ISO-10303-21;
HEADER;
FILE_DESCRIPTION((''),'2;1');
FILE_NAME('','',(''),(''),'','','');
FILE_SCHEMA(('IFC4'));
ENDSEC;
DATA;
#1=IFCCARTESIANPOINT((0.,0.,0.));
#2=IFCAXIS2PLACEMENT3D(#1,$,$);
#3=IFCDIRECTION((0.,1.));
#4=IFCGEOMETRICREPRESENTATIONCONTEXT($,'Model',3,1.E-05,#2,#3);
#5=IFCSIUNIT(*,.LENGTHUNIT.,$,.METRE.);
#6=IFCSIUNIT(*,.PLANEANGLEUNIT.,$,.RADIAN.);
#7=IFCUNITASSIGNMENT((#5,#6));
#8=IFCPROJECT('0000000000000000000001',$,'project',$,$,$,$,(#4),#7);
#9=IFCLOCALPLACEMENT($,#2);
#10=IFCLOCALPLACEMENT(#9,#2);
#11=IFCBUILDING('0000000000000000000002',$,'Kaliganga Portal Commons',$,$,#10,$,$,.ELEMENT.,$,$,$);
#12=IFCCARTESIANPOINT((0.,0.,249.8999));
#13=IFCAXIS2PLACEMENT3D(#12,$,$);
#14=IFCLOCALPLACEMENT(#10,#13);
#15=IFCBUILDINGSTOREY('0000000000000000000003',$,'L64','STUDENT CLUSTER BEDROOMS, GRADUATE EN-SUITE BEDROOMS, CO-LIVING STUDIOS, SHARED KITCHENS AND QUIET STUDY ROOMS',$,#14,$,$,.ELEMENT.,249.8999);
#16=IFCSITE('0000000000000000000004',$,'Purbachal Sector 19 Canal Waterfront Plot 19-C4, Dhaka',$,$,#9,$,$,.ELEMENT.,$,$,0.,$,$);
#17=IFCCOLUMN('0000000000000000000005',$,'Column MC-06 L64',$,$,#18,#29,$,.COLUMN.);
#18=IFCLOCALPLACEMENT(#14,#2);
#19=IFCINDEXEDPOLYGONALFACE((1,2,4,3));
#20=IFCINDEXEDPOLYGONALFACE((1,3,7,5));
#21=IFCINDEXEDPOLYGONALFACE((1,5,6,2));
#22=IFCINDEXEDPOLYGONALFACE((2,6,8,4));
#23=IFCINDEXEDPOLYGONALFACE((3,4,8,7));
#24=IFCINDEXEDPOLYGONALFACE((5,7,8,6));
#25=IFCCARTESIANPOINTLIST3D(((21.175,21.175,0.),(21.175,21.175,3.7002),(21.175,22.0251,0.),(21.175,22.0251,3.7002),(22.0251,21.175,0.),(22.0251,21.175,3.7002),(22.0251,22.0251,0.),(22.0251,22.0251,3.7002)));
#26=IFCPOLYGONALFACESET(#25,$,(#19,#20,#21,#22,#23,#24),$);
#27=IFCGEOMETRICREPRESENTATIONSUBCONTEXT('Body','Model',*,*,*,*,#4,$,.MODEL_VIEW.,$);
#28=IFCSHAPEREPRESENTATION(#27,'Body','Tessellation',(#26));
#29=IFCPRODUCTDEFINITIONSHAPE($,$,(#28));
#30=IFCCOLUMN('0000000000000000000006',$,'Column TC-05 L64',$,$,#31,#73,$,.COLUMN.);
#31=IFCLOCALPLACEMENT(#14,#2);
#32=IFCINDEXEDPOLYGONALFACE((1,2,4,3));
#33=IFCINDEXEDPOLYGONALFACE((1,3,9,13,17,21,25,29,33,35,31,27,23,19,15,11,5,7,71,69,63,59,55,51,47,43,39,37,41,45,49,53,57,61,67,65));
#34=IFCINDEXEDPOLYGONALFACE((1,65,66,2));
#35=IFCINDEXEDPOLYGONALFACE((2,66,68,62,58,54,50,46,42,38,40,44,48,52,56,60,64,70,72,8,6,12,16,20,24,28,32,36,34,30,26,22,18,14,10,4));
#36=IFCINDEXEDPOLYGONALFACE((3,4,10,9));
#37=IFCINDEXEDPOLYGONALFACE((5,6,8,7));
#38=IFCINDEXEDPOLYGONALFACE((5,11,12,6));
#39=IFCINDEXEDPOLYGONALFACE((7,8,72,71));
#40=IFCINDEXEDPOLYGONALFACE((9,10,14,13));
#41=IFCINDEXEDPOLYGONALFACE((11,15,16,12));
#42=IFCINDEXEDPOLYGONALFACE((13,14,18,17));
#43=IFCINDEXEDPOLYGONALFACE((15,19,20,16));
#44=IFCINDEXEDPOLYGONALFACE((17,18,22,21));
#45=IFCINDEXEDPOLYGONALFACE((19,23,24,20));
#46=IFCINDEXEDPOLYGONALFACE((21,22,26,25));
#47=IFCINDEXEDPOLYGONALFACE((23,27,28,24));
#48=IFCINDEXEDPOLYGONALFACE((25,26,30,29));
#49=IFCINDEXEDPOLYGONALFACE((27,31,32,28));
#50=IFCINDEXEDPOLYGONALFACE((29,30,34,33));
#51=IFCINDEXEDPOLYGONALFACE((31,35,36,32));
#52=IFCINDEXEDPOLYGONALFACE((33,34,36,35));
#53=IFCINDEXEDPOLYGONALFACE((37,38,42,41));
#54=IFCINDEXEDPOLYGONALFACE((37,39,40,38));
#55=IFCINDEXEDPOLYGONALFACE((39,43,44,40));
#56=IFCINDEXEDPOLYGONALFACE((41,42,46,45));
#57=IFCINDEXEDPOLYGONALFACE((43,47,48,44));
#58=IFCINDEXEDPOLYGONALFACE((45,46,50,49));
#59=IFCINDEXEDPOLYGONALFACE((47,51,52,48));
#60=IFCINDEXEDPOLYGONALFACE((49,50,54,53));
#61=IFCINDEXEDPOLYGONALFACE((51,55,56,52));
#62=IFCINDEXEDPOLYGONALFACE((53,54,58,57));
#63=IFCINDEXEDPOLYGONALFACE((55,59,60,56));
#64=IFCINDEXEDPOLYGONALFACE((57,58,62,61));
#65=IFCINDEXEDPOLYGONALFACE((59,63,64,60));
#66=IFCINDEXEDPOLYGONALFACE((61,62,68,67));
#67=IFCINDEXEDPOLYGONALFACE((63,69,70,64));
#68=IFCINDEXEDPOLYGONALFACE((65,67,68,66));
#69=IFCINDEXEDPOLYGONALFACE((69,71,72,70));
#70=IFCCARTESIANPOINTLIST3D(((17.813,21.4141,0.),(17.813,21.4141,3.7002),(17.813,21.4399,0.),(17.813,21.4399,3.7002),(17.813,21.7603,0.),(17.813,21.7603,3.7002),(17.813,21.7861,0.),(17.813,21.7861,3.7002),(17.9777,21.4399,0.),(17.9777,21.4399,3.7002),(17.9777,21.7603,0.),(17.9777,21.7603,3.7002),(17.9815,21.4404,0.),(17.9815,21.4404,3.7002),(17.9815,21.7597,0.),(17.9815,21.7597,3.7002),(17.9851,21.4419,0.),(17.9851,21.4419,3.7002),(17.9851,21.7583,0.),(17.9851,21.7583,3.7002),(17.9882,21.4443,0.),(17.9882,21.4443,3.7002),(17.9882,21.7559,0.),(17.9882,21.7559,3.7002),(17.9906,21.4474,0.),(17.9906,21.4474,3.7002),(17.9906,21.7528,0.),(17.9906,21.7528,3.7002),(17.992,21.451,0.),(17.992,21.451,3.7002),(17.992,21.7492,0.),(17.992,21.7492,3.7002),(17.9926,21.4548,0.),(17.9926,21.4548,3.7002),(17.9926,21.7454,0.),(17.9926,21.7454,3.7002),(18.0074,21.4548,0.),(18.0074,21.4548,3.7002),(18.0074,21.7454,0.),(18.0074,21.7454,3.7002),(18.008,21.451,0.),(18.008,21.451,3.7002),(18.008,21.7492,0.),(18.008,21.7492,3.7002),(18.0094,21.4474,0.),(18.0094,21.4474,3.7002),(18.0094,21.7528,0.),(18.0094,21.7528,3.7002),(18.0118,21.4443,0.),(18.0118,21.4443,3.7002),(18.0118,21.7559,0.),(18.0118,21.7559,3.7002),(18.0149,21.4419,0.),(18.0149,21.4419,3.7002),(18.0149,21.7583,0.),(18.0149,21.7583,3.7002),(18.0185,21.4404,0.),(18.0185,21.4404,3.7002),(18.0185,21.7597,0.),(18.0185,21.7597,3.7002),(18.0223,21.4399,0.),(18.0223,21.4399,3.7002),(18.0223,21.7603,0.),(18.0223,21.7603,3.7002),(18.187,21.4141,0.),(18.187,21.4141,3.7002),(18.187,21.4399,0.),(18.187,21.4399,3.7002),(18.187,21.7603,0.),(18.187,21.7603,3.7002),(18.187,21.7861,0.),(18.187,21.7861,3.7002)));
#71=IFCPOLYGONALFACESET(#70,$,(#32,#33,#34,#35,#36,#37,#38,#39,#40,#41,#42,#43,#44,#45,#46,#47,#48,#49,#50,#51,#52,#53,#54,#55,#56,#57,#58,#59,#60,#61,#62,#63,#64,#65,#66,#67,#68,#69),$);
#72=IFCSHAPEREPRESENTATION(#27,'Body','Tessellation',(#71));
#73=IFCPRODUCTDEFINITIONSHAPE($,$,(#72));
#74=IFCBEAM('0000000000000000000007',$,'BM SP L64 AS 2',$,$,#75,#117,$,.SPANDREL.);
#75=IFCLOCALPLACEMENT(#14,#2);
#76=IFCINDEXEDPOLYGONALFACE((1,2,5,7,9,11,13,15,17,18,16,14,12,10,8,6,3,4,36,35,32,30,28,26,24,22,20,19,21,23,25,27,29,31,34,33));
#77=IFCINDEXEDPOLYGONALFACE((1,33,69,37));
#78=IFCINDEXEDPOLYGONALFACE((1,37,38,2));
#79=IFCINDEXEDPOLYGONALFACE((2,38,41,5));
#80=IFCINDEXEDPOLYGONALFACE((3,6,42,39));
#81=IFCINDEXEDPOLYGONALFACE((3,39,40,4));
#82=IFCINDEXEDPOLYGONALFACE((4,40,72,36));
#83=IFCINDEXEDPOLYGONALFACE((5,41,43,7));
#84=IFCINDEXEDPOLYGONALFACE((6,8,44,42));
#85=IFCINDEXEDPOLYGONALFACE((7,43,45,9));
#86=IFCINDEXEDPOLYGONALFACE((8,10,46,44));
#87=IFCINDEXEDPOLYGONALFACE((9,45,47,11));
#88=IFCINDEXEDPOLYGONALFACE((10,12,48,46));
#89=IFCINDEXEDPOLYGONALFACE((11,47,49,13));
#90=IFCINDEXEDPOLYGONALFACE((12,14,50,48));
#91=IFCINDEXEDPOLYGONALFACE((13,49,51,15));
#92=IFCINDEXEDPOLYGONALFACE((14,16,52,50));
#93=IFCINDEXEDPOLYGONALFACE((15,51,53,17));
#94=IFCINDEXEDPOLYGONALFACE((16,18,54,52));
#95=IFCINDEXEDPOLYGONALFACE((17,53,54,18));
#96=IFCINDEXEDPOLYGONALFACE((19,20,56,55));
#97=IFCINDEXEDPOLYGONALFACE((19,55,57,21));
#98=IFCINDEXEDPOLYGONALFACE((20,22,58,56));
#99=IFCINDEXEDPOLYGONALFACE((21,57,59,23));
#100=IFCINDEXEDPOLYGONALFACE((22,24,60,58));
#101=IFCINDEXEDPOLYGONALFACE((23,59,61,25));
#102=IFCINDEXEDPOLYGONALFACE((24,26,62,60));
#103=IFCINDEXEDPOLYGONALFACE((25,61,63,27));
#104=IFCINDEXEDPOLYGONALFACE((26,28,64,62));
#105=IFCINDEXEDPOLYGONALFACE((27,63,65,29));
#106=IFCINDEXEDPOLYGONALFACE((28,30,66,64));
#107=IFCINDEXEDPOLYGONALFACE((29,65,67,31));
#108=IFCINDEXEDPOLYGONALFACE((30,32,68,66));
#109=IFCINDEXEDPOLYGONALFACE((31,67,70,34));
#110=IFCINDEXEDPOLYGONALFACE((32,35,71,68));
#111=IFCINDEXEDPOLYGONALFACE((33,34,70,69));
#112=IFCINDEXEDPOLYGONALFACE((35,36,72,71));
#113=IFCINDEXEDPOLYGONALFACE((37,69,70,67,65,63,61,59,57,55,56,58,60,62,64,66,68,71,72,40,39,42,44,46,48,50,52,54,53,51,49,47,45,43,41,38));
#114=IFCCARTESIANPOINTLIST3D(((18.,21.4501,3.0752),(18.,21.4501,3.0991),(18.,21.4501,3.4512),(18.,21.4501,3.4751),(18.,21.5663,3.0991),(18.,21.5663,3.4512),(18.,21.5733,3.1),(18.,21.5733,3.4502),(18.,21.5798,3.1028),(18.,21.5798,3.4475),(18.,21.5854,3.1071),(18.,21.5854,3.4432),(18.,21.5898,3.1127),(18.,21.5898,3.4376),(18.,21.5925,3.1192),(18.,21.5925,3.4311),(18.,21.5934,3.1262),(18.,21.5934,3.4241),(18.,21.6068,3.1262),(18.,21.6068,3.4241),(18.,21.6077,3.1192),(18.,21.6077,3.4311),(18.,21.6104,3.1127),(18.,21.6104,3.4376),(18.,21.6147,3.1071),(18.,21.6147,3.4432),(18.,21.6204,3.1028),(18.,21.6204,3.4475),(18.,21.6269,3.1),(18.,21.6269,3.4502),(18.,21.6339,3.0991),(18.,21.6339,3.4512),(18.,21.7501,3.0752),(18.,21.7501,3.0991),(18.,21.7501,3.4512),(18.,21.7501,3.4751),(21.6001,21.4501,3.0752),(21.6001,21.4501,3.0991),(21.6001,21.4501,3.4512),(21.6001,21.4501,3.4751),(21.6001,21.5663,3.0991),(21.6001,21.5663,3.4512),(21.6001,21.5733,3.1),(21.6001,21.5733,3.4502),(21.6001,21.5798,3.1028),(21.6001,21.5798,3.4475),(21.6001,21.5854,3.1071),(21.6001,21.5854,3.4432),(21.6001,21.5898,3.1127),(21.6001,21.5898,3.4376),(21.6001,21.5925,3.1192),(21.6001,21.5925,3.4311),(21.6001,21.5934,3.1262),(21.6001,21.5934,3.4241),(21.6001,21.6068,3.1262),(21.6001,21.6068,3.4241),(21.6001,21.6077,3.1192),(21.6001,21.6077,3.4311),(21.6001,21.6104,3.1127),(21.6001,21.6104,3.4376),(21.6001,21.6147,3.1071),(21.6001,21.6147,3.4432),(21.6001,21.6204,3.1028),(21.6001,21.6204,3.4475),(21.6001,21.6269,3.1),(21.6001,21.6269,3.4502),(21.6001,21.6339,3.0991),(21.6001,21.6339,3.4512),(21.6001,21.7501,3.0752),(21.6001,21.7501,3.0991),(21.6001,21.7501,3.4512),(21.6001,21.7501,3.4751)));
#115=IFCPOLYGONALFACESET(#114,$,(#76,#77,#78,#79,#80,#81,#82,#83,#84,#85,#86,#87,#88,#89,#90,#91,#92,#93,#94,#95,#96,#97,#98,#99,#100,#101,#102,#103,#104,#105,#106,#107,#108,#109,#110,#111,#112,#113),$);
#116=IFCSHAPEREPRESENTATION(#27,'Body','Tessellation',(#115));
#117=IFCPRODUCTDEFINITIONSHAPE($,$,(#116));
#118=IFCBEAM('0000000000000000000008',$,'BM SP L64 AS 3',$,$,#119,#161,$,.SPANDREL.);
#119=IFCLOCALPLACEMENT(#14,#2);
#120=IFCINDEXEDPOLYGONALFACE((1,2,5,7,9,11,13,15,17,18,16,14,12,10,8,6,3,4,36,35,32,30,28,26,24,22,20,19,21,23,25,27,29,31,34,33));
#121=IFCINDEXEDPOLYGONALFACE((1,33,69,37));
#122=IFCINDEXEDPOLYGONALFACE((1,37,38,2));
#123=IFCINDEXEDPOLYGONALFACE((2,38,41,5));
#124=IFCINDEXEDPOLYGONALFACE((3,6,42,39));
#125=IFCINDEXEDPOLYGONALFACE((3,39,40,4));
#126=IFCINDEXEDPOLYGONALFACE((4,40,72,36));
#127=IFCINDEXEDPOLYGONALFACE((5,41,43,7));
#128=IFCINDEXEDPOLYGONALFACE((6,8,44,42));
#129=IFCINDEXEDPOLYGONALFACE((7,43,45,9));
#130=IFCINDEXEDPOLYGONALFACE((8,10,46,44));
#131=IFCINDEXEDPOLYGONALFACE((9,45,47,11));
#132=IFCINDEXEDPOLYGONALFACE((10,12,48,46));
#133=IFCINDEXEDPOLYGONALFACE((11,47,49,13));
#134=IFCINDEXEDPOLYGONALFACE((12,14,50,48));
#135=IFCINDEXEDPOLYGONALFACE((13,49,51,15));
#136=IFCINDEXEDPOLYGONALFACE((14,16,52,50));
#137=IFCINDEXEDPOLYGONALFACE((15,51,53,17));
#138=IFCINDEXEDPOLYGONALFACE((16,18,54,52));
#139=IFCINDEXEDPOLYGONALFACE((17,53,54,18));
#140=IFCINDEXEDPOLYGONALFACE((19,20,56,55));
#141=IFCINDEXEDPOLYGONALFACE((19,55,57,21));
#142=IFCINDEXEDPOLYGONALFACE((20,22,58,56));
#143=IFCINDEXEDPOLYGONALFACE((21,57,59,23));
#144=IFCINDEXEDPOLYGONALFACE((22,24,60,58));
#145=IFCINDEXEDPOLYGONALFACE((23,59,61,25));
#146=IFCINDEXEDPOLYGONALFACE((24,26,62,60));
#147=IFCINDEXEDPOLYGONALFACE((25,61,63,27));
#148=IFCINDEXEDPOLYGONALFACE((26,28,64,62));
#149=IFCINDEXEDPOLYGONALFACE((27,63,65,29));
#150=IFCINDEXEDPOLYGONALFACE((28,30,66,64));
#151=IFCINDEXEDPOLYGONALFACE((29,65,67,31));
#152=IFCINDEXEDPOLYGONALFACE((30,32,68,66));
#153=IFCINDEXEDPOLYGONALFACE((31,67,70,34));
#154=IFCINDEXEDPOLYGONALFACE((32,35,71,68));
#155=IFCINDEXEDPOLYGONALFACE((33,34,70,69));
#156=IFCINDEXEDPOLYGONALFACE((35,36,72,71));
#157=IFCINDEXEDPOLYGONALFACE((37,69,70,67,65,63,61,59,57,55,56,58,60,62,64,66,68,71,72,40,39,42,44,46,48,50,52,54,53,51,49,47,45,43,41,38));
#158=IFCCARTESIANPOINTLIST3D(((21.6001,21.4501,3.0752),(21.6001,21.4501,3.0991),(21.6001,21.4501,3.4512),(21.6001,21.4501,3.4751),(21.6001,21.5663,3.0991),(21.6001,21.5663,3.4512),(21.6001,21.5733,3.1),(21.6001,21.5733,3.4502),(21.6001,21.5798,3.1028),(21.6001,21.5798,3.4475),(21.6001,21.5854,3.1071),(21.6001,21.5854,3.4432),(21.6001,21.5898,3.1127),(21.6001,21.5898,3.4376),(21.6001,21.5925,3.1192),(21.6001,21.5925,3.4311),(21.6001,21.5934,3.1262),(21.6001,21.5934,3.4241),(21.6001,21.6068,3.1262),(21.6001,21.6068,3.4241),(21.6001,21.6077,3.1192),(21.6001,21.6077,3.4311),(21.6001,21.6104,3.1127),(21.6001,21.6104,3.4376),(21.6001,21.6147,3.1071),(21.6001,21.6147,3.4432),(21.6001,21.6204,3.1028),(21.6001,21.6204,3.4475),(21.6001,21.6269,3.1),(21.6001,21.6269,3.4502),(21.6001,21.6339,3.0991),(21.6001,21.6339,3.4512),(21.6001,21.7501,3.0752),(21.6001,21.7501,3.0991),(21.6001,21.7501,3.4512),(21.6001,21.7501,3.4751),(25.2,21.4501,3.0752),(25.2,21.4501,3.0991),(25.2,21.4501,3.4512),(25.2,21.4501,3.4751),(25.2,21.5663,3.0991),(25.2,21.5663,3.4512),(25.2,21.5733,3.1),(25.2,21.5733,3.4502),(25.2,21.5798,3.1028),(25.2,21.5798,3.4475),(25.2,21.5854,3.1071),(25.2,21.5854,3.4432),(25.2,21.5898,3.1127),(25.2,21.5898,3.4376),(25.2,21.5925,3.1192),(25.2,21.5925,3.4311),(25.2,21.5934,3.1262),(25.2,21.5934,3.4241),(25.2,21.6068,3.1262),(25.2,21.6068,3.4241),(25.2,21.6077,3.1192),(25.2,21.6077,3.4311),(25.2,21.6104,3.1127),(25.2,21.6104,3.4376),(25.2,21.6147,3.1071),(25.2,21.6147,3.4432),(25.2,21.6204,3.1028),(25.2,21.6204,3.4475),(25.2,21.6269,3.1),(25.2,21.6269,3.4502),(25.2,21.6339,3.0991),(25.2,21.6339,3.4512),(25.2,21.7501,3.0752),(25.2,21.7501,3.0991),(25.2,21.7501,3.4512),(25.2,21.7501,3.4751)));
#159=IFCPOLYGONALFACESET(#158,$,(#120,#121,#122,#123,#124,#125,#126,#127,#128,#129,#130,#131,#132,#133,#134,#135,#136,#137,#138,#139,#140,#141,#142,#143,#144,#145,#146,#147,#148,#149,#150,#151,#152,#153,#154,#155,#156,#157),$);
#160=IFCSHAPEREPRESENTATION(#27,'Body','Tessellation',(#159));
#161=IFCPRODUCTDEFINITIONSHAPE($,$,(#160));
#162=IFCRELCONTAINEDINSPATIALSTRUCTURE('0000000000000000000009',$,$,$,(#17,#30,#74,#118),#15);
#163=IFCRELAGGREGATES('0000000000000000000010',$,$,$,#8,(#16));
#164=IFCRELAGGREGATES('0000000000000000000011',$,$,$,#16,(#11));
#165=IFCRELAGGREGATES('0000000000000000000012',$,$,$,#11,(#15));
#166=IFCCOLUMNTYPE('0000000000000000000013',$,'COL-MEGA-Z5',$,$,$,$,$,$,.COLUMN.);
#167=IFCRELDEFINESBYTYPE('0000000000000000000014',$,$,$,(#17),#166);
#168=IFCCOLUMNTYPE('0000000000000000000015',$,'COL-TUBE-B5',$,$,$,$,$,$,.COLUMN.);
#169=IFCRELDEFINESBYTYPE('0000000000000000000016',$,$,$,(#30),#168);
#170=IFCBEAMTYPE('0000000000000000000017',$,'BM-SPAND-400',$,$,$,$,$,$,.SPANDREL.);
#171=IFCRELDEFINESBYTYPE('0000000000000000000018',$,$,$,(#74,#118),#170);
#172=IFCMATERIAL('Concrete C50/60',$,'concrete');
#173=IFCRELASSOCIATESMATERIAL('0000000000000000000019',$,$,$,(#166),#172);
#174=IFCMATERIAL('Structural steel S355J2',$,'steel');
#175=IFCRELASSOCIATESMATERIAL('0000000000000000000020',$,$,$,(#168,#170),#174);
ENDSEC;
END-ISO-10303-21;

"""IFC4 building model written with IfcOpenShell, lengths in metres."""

from ifc_helpers import new_model, si_unit, direction, frame, origin, origin_2d, place, context, subcontext, project, spatial, rectangle, i_section, extrude, source, transform, mapped, material, material_profile, profile_set, type_object, element, save


model = new_model("IFC4")

# Units and contexts
model_context = context("Model", 3, precision=1e-05, world=origin(), true_north=direction((0.0, 1.0)))
body_context = subcontext(model_context, "Body", "Model", "MODEL_VIEW")
ifc_project = project(units=[si_unit("LENGTHUNIT", "METRE"), si_unit("PLANEANGLEUNIT", "RADIAN")], contexts=[model_context])

# Site, building, storey
site_placement = place(None, origin())
site = spatial("IfcSite", under=ifc_project, at=site_placement, Name="Purbachal Sector 19 Canal Waterfront Plot 19-C4, Dhaka", CompositionType="ELEMENT", RefElevation=0.0)
building_placement = place(site_placement, origin())
building = spatial("IfcBuilding", under=site, at=building_placement, Name="Kaliganga Portal Commons", CompositionType="ELEMENT")
storey_placement = place(building_placement, frame((0.0, 0.0, 249.8999)))
storey = spatial("IfcBuildingStorey", under=building, at=storey_placement, Name="L64", Description="STUDENT CLUSTER BEDROOMS, GRADUATE EN-SUITE BEDROOMS, CO-LIVING STUDIOS, SHARED KITCHENS AND QUIET STUDY ROOMS", CompositionType="ELEMENT", Elevation=249.8999)

# Columns
ifc_material_1 = material(Name="Concrete C50/60", Category="concrete")
ifc_material_profile_1 = material_profile(ifc_material_1, rectangle(XDim=0.8501, YDim=0.8501, at=origin_2d()), Name="RC 850x850")
ifc_profile_set_1 = profile_set([ifc_material_profile_1], Name="Concrete C50/60")
column_type_1 = type_object("IfcColumnType", Name="COL-MEGA-Z5", PredefinedType="COLUMN", material=ifc_profile_set_1)
shared_shape_1 = source(origin(), body_context, "Body", "SweptSolid", [
    extrude(rectangle(XDim=0.8501, YDim=0.8501, at=origin_2d()), origin(), (0.0, 0.0, 1.0), 3.7002),
])
column_1_placement = place(storey_placement, frame((21.6001, 21.6001, 0.0), z_axis=(0.0, 0.0, 1.0), x_axis=(1.0, 0.0, 0.0)))
element("IfcColumn", 1, at=column_1_placement, inside=storey, type_object=column_type_1, Name="Column MC-06 L64", PredefinedType="COLUMN", context=body_context, shape_type="MappedRepresentation", body=[
    mapped(shared_shape_1, transform((0.0, 0.0, 0.0), x_axis=(1.0, 0.0, 0.0), y_axis=(0.0, 1.0, 0.0), z_axis=(0.0, 0.0, 1.0), scale=1.0)),
])
ifc_material_2 = material(Name="Structural steel S355J2", Category="steel")
ifc_material_profile_2 = material_profile(ifc_material_2, i_section(OverallWidth=0.374, OverallDepth=0.3721, WebThickness=0.0149, FlangeThickness=0.0259, FilletRadius=0.0149, at=origin_2d()), Name="HD 360x196")
ifc_profile_set_2 = profile_set([ifc_material_profile_2], Name="Structural steel S355J2 wide-flange")
column_type_2 = type_object("IfcColumnType", Name="COL-TUBE-B5", PredefinedType="COLUMN", material=ifc_profile_set_2)
shared_shape_2 = source(origin(), body_context, "Body", "SweptSolid", [
    extrude(i_section(OverallWidth=0.374, OverallDepth=0.3721, WebThickness=0.0149, FlangeThickness=0.0259, FilletRadius=0.0149, at=origin_2d()), origin(), (0.0, 0.0, 1.0), 3.7002),
])
column_2_placement = place(storey_placement, frame((18.0, 21.6001, 0.0), z_axis=(0.0, 0.0, 1.0), x_axis=(1.0, 0.0, 0.0)))
element("IfcColumn", 2, at=column_2_placement, inside=storey, type_object=column_type_2, Name="Column TC-05 L64", PredefinedType="COLUMN", context=body_context, shape_type="MappedRepresentation", body=[
    mapped(shared_shape_2, transform((0.0, 0.0, 0.0), x_axis=(1.0, 0.0, 0.0), y_axis=(0.0, 1.0, 0.0), z_axis=(0.0, 0.0, 1.0), scale=1.0)),
])

# Beams
ifc_material_profile_3 = material_profile(ifc_material_2, i_section(OverallWidth=0.3, OverallDepth=0.3999, WebThickness=0.0134, FlangeThickness=0.0239, FilletRadius=0.0271, at=origin_2d()), Name="HE 400 B")
ifc_profile_set_3 = profile_set([ifc_material_profile_3], Name="Structural steel S355J2 wide-flange")
beam_type_1 = type_object("IfcBeamType", Name="BM-SPAND-400", PredefinedType="SPANDREL", material=ifc_profile_set_3)
shared_shape_3 = source(origin(), body_context, "Body", "SweptSolid", [
    extrude(i_section(OverallWidth=0.3, OverallDepth=0.3999, WebThickness=0.0134, FlangeThickness=0.0239, FilletRadius=0.0271, at=origin_2d()), origin(), (0.0, 0.0, 1.0), 3.6001),
])
beam_1_placement = place(storey_placement, frame((18.0, 21.6001, 3.2751), z_axis=(1.0, 0.0, 0.0), x_axis=(0.0, 1.0, 0.0)))
element("IfcBeam", 3, at=beam_1_placement, inside=storey, type_object=beam_type_1, Name="BM SP L64 AS 2", PredefinedType="SPANDREL", context=body_context, shape_type="MappedRepresentation", body=[
    mapped(shared_shape_3, transform((0.0, 0.0, 0.0), x_axis=(1.0, 0.0, 0.0), y_axis=(0.0, 1.0, 0.0), z_axis=(0.0, 0.0, 1.0), scale=1.0)),
])
shared_shape_4 = source(origin(), body_context, "Body", "SweptSolid", [
    extrude(i_section(OverallWidth=0.3, OverallDepth=0.3999, WebThickness=0.0134, FlangeThickness=0.0239, FilletRadius=0.0271, at=origin_2d()), origin(), (0.0, 0.0, 1.0), 3.5999),
])
beam_2_placement = place(storey_placement, frame((21.6001, 21.6001, 3.2751), z_axis=(1.0, 0.0, 0.0), x_axis=(0.0, 1.0, 0.0)))
element("IfcBeam", 4, at=beam_2_placement, inside=storey, type_object=beam_type_1, Name="BM SP L64 AS 3", PredefinedType="SPANDREL", context=body_context, shape_type="MappedRepresentation", body=[
    mapped(shared_shape_4, transform((0.0, 0.0, 0.0), x_axis=(1.0, 0.0, 0.0), y_axis=(0.0, 1.0, 0.0), z_axis=(0.0, 0.0, 1.0), scale=1.0)),
])

save(model, "model.ifc")
